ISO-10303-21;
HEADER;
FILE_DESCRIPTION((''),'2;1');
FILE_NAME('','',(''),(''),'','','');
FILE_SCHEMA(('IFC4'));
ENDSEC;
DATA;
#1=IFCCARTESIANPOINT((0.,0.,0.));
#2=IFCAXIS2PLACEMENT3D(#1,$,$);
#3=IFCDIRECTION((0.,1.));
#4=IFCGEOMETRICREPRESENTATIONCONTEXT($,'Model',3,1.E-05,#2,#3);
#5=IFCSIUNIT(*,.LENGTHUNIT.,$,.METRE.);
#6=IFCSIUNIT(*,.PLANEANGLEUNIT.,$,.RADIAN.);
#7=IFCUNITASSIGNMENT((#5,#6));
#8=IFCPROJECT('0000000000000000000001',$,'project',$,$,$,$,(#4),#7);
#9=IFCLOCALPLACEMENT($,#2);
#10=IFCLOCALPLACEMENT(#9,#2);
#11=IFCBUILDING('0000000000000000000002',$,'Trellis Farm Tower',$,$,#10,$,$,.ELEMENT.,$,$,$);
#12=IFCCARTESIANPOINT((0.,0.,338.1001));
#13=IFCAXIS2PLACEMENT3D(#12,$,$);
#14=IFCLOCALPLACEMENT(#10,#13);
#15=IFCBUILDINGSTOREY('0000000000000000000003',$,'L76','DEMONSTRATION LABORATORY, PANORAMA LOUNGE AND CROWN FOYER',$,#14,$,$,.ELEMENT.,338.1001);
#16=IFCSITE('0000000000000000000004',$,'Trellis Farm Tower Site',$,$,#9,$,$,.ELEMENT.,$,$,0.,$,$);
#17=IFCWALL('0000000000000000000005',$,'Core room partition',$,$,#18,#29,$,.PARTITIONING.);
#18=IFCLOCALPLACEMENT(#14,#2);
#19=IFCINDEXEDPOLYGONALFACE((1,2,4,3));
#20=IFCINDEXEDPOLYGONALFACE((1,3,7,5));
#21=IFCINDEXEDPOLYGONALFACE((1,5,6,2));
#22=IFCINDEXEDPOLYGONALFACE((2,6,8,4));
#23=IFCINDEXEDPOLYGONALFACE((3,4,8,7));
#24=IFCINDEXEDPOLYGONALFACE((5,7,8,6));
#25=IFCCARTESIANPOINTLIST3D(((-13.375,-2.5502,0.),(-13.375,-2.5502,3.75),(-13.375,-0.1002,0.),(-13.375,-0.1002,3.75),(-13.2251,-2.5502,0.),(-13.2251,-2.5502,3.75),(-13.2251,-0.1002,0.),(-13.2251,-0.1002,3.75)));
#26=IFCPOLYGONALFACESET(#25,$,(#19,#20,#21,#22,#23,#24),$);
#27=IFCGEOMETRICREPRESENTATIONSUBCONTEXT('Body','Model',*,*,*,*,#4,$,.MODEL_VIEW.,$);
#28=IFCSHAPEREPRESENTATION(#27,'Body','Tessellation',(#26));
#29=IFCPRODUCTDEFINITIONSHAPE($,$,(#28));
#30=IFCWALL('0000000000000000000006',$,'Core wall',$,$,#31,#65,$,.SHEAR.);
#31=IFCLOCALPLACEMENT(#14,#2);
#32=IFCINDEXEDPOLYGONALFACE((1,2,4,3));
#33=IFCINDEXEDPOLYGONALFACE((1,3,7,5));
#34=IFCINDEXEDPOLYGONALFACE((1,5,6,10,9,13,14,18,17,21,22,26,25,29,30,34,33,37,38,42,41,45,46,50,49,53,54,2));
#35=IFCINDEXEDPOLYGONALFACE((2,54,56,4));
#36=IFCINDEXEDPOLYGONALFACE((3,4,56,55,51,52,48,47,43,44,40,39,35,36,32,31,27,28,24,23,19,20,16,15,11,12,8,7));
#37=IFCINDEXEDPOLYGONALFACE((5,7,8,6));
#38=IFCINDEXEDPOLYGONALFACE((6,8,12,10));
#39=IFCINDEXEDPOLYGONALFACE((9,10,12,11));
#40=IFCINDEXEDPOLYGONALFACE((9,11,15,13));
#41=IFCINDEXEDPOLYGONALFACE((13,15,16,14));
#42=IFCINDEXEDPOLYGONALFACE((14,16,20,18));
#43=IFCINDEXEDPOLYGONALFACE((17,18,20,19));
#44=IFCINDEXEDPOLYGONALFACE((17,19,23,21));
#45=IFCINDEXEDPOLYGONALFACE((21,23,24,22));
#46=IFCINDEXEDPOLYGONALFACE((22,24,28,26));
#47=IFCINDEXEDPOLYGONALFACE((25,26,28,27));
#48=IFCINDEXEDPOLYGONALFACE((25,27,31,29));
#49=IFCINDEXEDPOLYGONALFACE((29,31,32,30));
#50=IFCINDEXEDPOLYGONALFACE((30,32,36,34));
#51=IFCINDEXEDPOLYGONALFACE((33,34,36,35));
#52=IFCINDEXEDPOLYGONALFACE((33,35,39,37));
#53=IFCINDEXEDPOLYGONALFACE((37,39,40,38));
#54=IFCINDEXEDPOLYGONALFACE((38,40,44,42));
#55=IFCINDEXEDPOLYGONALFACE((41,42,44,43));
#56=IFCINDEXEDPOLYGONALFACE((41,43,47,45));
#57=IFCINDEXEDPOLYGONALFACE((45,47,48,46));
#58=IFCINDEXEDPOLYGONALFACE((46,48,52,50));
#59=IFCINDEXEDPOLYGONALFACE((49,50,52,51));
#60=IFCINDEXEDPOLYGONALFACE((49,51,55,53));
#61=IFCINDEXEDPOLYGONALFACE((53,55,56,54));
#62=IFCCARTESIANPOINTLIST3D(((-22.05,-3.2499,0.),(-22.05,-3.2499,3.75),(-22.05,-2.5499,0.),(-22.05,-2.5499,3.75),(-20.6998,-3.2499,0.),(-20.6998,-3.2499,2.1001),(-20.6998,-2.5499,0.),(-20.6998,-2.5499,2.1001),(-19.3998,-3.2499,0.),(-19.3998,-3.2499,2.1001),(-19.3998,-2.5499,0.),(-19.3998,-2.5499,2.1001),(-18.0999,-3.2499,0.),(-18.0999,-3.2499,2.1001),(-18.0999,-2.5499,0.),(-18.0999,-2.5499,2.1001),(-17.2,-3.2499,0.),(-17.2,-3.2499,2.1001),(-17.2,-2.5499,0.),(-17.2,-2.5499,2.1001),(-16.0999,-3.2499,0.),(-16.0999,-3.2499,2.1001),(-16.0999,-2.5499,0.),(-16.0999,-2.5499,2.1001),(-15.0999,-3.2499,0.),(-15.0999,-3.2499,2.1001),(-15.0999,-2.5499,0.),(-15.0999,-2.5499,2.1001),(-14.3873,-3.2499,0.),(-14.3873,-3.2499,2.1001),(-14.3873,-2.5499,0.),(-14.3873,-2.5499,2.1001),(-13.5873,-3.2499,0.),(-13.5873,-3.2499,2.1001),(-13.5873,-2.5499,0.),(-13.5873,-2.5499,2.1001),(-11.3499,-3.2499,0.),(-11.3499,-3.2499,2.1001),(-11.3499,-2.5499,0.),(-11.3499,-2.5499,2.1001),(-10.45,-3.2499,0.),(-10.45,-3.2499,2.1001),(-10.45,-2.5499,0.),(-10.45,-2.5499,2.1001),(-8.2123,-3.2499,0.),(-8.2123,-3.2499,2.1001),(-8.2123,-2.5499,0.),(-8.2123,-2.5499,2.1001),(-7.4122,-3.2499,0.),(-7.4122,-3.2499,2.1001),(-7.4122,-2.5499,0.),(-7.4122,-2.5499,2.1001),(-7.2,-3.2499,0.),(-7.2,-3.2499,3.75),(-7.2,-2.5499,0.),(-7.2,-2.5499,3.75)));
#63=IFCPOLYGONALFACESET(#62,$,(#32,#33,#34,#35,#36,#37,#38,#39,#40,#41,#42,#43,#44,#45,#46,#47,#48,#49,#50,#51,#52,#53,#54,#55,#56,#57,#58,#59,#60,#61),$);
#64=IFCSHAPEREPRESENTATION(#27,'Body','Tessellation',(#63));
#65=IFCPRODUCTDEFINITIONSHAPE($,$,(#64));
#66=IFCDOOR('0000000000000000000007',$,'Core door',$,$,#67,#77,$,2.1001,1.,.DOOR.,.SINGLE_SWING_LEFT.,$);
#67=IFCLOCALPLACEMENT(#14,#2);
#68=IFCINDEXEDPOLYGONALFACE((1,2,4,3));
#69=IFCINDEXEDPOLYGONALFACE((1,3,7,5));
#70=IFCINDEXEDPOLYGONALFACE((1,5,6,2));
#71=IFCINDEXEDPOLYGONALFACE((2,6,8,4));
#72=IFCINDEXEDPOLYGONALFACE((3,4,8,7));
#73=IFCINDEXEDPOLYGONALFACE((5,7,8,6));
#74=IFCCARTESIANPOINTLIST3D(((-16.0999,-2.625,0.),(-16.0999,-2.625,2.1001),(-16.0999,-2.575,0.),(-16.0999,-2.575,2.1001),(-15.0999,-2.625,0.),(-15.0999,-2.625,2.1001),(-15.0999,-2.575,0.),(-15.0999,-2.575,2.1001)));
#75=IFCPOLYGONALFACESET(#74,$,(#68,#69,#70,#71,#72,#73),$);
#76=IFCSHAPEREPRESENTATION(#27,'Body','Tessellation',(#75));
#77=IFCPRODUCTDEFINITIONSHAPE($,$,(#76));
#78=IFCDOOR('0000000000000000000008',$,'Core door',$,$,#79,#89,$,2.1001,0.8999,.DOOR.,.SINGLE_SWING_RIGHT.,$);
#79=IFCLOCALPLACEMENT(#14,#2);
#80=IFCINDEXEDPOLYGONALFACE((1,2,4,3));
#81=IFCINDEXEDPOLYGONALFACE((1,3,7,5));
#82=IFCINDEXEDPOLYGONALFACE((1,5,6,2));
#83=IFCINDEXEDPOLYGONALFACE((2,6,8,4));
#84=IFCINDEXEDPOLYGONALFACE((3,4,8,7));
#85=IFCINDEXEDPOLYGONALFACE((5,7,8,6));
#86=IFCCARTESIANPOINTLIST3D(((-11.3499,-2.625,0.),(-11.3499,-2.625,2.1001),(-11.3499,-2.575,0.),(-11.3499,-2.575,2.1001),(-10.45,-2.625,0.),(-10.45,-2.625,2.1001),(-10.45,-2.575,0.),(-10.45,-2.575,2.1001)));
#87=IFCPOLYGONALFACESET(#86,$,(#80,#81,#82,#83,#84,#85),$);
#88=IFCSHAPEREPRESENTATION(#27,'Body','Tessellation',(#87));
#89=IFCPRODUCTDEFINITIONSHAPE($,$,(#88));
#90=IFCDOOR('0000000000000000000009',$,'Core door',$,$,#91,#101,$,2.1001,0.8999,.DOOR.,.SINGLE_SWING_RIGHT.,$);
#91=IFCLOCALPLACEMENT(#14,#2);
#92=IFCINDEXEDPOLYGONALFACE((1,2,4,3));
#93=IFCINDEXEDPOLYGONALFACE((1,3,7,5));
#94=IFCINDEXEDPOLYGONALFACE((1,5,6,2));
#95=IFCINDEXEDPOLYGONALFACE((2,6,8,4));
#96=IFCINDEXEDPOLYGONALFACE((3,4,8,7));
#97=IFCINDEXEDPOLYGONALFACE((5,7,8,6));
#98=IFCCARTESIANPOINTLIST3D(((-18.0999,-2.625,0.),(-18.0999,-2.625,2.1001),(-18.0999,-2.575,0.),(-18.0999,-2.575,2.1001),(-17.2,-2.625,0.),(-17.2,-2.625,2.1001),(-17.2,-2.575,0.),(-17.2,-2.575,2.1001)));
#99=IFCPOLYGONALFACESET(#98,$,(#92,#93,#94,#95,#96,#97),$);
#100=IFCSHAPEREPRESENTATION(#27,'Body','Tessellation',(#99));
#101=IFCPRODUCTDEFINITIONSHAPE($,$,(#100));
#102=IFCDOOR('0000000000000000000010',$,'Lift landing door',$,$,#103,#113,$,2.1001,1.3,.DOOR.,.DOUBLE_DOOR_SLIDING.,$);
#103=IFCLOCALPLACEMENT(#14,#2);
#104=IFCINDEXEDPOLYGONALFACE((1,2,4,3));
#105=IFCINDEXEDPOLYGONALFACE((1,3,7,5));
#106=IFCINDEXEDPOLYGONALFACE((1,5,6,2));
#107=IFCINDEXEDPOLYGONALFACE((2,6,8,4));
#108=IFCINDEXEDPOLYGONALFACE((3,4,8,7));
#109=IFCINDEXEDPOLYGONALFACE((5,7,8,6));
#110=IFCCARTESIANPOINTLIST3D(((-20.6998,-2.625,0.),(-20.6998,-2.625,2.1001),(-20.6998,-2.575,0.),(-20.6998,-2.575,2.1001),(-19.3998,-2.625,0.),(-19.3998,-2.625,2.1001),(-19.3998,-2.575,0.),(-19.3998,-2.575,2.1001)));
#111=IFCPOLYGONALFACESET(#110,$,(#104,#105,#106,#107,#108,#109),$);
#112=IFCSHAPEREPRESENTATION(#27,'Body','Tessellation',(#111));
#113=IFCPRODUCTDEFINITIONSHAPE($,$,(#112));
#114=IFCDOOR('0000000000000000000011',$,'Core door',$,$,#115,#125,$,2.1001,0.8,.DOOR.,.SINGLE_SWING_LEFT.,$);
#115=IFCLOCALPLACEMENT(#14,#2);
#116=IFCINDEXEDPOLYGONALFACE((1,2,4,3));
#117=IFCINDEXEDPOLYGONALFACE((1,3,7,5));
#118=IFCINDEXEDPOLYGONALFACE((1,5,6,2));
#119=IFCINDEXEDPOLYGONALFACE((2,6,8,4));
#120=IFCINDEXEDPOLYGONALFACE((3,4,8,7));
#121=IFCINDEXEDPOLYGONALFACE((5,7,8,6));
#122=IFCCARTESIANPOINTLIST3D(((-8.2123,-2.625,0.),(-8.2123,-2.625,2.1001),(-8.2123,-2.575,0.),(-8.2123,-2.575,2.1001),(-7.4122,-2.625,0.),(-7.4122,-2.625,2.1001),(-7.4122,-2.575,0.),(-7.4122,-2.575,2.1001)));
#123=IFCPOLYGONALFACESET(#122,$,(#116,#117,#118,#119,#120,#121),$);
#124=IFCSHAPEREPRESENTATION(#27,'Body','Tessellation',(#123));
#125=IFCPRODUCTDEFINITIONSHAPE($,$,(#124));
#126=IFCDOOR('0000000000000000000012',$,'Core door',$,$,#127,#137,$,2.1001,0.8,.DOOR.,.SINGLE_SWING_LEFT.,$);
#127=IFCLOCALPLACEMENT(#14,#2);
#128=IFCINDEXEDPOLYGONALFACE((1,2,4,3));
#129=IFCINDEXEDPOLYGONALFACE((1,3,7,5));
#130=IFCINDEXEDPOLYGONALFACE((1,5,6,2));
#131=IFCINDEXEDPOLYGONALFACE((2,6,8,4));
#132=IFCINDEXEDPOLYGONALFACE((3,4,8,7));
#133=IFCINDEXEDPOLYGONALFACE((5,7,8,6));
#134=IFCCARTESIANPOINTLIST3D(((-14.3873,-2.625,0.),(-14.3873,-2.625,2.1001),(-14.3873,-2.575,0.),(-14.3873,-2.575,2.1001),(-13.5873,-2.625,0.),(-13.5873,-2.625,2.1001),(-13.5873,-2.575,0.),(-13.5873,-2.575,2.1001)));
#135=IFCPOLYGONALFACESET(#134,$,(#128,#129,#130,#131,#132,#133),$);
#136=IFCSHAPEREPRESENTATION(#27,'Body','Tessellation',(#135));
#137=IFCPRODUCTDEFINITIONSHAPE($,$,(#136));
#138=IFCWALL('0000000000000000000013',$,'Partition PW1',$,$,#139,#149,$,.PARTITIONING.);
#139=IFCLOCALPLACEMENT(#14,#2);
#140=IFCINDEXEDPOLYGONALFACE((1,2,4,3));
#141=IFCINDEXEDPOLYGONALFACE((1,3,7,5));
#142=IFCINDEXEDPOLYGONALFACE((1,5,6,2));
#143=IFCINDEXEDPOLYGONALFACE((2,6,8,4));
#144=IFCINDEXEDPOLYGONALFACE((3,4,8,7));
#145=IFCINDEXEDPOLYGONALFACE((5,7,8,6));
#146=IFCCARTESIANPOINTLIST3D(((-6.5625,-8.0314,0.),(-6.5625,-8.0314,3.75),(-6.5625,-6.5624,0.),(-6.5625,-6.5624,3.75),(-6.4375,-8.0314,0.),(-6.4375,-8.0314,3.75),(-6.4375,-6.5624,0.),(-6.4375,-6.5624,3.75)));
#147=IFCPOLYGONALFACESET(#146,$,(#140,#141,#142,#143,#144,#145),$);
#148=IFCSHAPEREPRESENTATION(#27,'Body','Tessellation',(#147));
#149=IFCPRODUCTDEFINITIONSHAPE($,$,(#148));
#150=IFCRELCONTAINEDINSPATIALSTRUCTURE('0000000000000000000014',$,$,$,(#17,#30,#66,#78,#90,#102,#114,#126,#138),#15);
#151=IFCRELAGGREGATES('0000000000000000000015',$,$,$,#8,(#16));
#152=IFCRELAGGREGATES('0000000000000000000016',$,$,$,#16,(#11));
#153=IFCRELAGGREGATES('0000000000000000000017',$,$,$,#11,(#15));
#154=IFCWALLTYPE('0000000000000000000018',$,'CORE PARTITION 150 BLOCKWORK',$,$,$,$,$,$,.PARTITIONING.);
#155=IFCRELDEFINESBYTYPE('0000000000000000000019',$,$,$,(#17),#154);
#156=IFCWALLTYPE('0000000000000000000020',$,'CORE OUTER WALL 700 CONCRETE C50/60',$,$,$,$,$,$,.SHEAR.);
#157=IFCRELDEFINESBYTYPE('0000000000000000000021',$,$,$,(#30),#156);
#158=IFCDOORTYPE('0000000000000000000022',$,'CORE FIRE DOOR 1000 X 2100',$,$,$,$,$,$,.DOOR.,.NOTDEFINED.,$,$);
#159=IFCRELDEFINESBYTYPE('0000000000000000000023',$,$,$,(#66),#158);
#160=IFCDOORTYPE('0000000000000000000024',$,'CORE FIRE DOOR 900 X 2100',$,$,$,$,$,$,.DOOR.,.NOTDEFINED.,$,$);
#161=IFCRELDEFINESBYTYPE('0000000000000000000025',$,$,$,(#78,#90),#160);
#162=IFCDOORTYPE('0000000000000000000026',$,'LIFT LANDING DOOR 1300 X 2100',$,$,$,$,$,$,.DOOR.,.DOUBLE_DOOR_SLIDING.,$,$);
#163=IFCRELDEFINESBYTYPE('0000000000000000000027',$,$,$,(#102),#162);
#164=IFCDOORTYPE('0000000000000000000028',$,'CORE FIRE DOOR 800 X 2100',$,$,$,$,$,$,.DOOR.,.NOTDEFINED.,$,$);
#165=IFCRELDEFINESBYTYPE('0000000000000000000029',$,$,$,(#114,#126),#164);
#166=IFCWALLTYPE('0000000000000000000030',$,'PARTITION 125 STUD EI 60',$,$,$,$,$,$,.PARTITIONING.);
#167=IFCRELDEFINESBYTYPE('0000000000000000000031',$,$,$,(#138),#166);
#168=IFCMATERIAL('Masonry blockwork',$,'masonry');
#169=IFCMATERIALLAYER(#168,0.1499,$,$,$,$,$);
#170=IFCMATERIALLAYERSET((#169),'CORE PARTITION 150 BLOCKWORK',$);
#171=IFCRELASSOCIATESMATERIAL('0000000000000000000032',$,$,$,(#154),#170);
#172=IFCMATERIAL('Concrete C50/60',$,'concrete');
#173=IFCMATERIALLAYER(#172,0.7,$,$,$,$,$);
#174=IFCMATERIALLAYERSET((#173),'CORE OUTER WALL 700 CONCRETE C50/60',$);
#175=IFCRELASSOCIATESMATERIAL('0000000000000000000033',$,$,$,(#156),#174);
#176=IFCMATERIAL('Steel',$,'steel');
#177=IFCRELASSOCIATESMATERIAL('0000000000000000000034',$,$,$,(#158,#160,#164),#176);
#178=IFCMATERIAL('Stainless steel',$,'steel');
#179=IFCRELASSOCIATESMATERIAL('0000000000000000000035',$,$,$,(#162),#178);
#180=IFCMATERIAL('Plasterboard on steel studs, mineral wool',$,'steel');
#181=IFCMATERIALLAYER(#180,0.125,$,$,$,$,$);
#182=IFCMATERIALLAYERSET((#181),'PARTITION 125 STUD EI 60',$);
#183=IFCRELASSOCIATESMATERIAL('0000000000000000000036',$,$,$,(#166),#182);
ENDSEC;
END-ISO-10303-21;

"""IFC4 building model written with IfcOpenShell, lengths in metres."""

from ifc_helpers import new_model, si_unit, direction, frame, frame_2d, origin, place, context, subcontext, project, spatial, rectangle, extrude, source, transform, mapped, material, layer, layer_set, type_object, element, fill, save


model = new_model("IFC4")

# Units and contexts
model_context = context("Model", 3, precision=1e-05, world=origin(), true_north=direction((0.0, 1.0)))
body_context = subcontext(model_context, "Body", "Model", "MODEL_VIEW")
ifc_project = project(units=[si_unit("LENGTHUNIT", "METRE"), si_unit("PLANEANGLEUNIT", "RADIAN")], contexts=[model_context])

# Site, building, storey
site_placement = place(None, origin())
site = spatial("IfcSite", under=ifc_project, at=site_placement, Name="Trellis Farm Tower Site", CompositionType="ELEMENT", RefElevation=0.0)
building_placement = place(site_placement, origin())
building = spatial("IfcBuilding", under=site, at=building_placement, Name="Trellis Farm Tower", CompositionType="ELEMENT")
storey_placement = place(building_placement, frame((0.0, 0.0, 338.1001)))
storey = spatial("IfcBuildingStorey", under=building, at=storey_placement, Name="L76", Description="DEMONSTRATION LABORATORY, PANORAMA LOUNGE AND CROWN FOYER", CompositionType="ELEMENT", Elevation=338.1001)

# Shared definitions
ifc_material_1 = material(Name="Concrete C50/60", Category="concrete")

# Wall
ifc_material_2 = material(Name="Masonry blockwork", Category="masonry")
ifc_layer_1 = layer(ifc_material_2, 0.1499)
ifc_layer_set_1 = layer_set([ifc_layer_1], Name="CORE PARTITION 150 BLOCKWORK")
wall_type_1 = type_object("IfcWallType", Name="CORE PARTITION 150 BLOCKWORK", PredefinedType="PARTITIONING", material=ifc_layer_set_1)
shared_shape_1 = source(origin(), body_context, "Body", "SweptSolid", [
    extrude(rectangle(XDim=2.45, YDim=0.1499, at=frame_2d((1.2251, 0.0))), origin(), (0.0, 0.0, 1.0), 3.75),
])
for number, where, z_axis, x_axis, name in (
    (1, (-13.3, -0.1001, 0.0), (0.0, 0.0, 1.0), (0.0, -1.0, 0.0), "Core room partition"),
):
    element("IfcWall", number, at=place(storey_placement, frame(where, z_axis=z_axis, x_axis=x_axis)), inside=storey, type_object=wall_type_1, Name=name, PredefinedType="PARTITIONING", context=body_context, shape_type="MappedRepresentation", body=[
        mapped(shared_shape_1, transform((0.0, 0.0, 0.0))),
    ])

# Wall, openings, doors
ifc_layer_2 = layer(ifc_material_1, 0.7)
ifc_layer_set_2 = layer_set([ifc_layer_2], Name="CORE OUTER WALL 700 CONCRETE C50/60")
wall_type_2 = type_object("IfcWallType", Name="CORE OUTER WALL 700 CONCRETE C50/60", PredefinedType="SHEAR", material=ifc_layer_set_2)
shared_shape_2 = source(origin(), body_context, "Body", "SweptSolid", [
    extrude(rectangle(XDim=14.8501, YDim=0.7, at=frame_2d((7.425, 0.0))), origin(), (0.0, 0.0, 1.0), 3.75),
])
wall_1_placement = place(storey_placement, frame((-7.2, -2.8999, 0.0), z_axis=(0.0, 0.0, 1.0), x_axis=(-1.0, 0.0, 0.0)))
wall_1 = element("IfcWall", 2, at=wall_1_placement, inside=storey, type_object=wall_type_2, Name="Core wall", PredefinedType="SHEAR", context=body_context, shape_type="MappedRepresentation", body=[
    mapped(shared_shape_2, transform((0.0, 0.0, 0.0))),
])
shared_shape_3 = source(origin(), body_context, "Body", "SweptSolid", [
    extrude(rectangle(XDim=1.3, YDim=2.1001, at=frame_2d((0.6499, 1.05))), frame((0.0, 0.3601, 0.0), z_axis=(0.0, -1.0, 0.0), x_axis=(1.0, 0.0, 0.0)), (0.0, 0.0, 1.0), 0.7202),
])
opening_1_placement = place(wall_1_placement, frame((12.2, 0.0, 0.0)))
opening_1 = element("IfcOpeningElement", 3, at=opening_1_placement, cuts=wall_1, PredefinedType="OPENING", context=body_context, shape_type="MappedRepresentation", body=[
    mapped(shared_shape_3, transform((0.0, 0.0, 0.0))),
])
shared_shape_4 = source(origin(), body_context, "Body", "SweptSolid", [
    extrude(rectangle(XDim=1.0, YDim=2.1001, at=frame_2d((0.5, 1.05))), frame((0.0, 0.3601, 0.0), z_axis=(0.0, -1.0, 0.0), x_axis=(1.0, 0.0, 0.0)), (0.0, 0.0, 1.0), 0.7202),
])
opening_2_placement = place(wall_1_placement, frame((7.8999, 0.0, 0.0)))
opening_2 = element("IfcOpeningElement", 4, at=opening_2_placement, cuts=wall_1, PredefinedType="OPENING", context=body_context, shape_type="MappedRepresentation", body=[
    mapped(shared_shape_4, transform((0.0, 0.0, 0.0))),
])
shared_shape_5 = source(origin(), body_context, "Body", "SweptSolid", [
    extrude(rectangle(XDim=0.8, YDim=2.1001, at=frame_2d((0.3999, 1.05))), frame((0.0, 0.3601, 0.0), z_axis=(0.0, -1.0, 0.0), x_axis=(1.0, 0.0, 0.0)), (0.0, 0.0, 1.0), 0.7202),
])
opening_3_placement = place(wall_1_placement, frame((0.2124, 0.0, 0.0)))
opening_3 = element("IfcOpeningElement", 5, at=opening_3_placement, cuts=wall_1, PredefinedType="OPENING", context=body_context, shape_type="MappedRepresentation", body=[
    mapped(shared_shape_5, transform((0.0, 0.0, 0.0))),
])
shared_shape_6 = source(origin(), body_context, "Body", "SweptSolid", [
    extrude(rectangle(XDim=0.8999, YDim=2.1001, at=frame_2d((0.45, 1.05))), frame((0.0, 0.3601, 0.0), z_axis=(0.0, -1.0, 0.0), x_axis=(1.0, 0.0, 0.0)), (0.0, 0.0, 1.0), 0.7202),
])
opening_4_placement = place(wall_1_placement, frame((3.25, 0.0, 0.0)))
opening_4 = element("IfcOpeningElement", 6, at=opening_4_placement, cuts=wall_1, PredefinedType="OPENING", context=body_context, shape_type="MappedRepresentation", body=[
    mapped(shared_shape_6, transform((0.0, 0.0, 0.0))),
])
opening_5_placement = place(wall_1_placement, frame((6.3875, 0.0, 0.0)))
opening_5 = element("IfcOpeningElement", 7, at=opening_5_placement, cuts=wall_1, PredefinedType="OPENING", context=body_context, shape_type="MappedRepresentation", body=[
    mapped(shared_shape_5, transform((0.0, 0.0, 0.0))),
])
opening_6_placement = place(wall_1_placement, frame((10.0, 0.0, 0.0)))
opening_6 = element("IfcOpeningElement", 8, at=opening_6_placement, cuts=wall_1, PredefinedType="OPENING", context=body_context, shape_type="MappedRepresentation", body=[
    mapped(shared_shape_6, transform((0.0, 0.0, 0.0))),
])
ifc_material_3 = material(Name="Steel", Category="steel")
door_type_1 = type_object("IfcDoorType", Name="CORE FIRE DOOR 1000 X 2100", OperationType="NOTDEFINED", PredefinedType="DOOR", material=ifc_material_3)
shared_shape_7 = source(origin(), body_context, "Body", "SweptSolid", [
    extrude(rectangle(XDim=1.0, YDim=2.1001, at=frame_2d((0.5, 1.05))), frame((0.0, -0.2749, 0.0), z_axis=(0.0, -1.0, 0.0), x_axis=(1.0, 0.0, 0.0)), (0.0, 0.0, 1.0), 0.05),
])
door_1_placement = place(opening_2_placement, origin())
door_1 = element("IfcDoor", 9, at=door_1_placement, inside=storey, type_object=door_type_1, Name="Core door", OperationType="SINGLE_SWING_LEFT", OverallHeight=2.1001, OverallWidth=1.0, PredefinedType="DOOR", context=body_context, shape_type="MappedRepresentation", body=[
    mapped(shared_shape_7, transform((0.0, 0.0, 0.0))),
])
fill(opening_2, door_1)
door_type_2 = type_object("IfcDoorType", Name="CORE FIRE DOOR 900 X 2100", OperationType="NOTDEFINED", PredefinedType="DOOR", material=ifc_material_3)
shared_shape_8 = source(origin(), body_context, "Body", "SweptSolid", [
    extrude(rectangle(XDim=0.8999, YDim=2.1001, at=frame_2d((0.45, 1.05))), frame((0.0, -0.2749, 0.0), z_axis=(0.0, -1.0, 0.0), x_axis=(1.0, 0.0, 0.0)), (0.0, 0.0, 1.0), 0.05),
])
door_2_placement = place(opening_4_placement, origin())
door_2 = element("IfcDoor", 10, at=door_2_placement, inside=storey, type_object=door_type_2, Name="Core door", OperationType="SINGLE_SWING_RIGHT", OverallHeight=2.1001, OverallWidth=0.8999, PredefinedType="DOOR", context=body_context, shape_type="MappedRepresentation", body=[
    mapped(shared_shape_8, transform((0.0, 0.0, 0.0))),
])
fill(opening_4, door_2)
door_3_placement = place(opening_6_placement, origin())
door_3 = element("IfcDoor", 11, at=door_3_placement, inside=storey, type_object=door_type_2, Name="Core door", OperationType="SINGLE_SWING_RIGHT", OverallHeight=2.1001, OverallWidth=0.8999, PredefinedType="DOOR", context=body_context, shape_type="MappedRepresentation", body=[
    mapped(shared_shape_8, transform((0.0, 0.0, 0.0))),
])
fill(opening_6, door_3)
ifc_material_4 = material(Name="Stainless steel", Category="steel")
door_type_3 = type_object("IfcDoorType", Name="LIFT LANDING DOOR 1300 X 2100", OperationType="DOUBLE_DOOR_SLIDING", PredefinedType="DOOR", material=ifc_material_4)
shared_shape_9 = source(origin(), body_context, "Body", "SweptSolid", [
    extrude(rectangle(XDim=1.3, YDim=2.1001, at=frame_2d((0.6499, 1.05))), frame((0.0, -0.2749, 0.0), z_axis=(0.0, -1.0, 0.0), x_axis=(1.0, 0.0, 0.0)), (0.0, 0.0, 1.0), 0.05),
])
door_4_placement = place(opening_1_placement, origin())
door_4 = element("IfcDoor", 12, at=door_4_placement, inside=storey, type_object=door_type_3, Name="Lift landing door", OperationType="DOUBLE_DOOR_SLIDING", OverallHeight=2.1001, OverallWidth=1.3, PredefinedType="DOOR", context=body_context, shape_type="MappedRepresentation", body=[
    mapped(shared_shape_9, transform((0.0, 0.0, 0.0))),
])
fill(opening_1, door_4)
door_type_4 = type_object("IfcDoorType", Name="CORE FIRE DOOR 800 X 2100", OperationType="NOTDEFINED", PredefinedType="DOOR", material=ifc_material_3)
shared_shape_10 = source(origin(), body_context, "Body", "SweptSolid", [
    extrude(rectangle(XDim=0.8, YDim=2.1001, at=frame_2d((0.3999, 1.05))), frame((0.0, -0.2749, 0.0), z_axis=(0.0, -1.0, 0.0), x_axis=(1.0, 0.0, 0.0)), (0.0, 0.0, 1.0), 0.05),
])
door_5_placement = place(opening_3_placement, origin())
door_5 = element("IfcDoor", 13, at=door_5_placement, inside=storey, type_object=door_type_4, Name="Core door", OperationType="SINGLE_SWING_LEFT", OverallHeight=2.1001, OverallWidth=0.8, PredefinedType="DOOR", context=body_context, shape_type="MappedRepresentation", body=[
    mapped(shared_shape_10, transform((0.0, 0.0, 0.0))),
])
fill(opening_3, door_5)
door_6_placement = place(opening_5_placement, origin())
door_6 = element("IfcDoor", 14, at=door_6_placement, inside=storey, type_object=door_type_4, Name="Core door", OperationType="SINGLE_SWING_LEFT", OverallHeight=2.1001, OverallWidth=0.8, PredefinedType="DOOR", context=body_context, shape_type="MappedRepresentation", body=[
    mapped(shared_shape_10, transform((0.0, 0.0, 0.0))),
])
fill(opening_5, door_6)

# Wall
ifc_material_5 = material(Name="Plasterboard on steel studs, mineral wool", Category="steel")
ifc_layer_3 = layer(ifc_material_5, 0.125)
ifc_layer_set_3 = layer_set([ifc_layer_3], Name="PARTITION 125 STUD EI 60")
wall_type_3 = type_object("IfcWallType", Name="PARTITION 125 STUD EI 60", PredefinedType="PARTITIONING", material=ifc_layer_set_3)
shared_shape_11 = source(origin(), body_context, "Body", "SweptSolid", [
    extrude(rectangle(XDim=1.469, YDim=0.125, at=frame_2d((0.7344, 0.0))), origin(), (0.0, 0.0, 1.0), 3.75),
])
wall_2_placement = place(storey_placement, frame((-6.5, -6.5625, 0.0), z_axis=(0.0, 0.0, 1.0), x_axis=(0.0, -1.0, 0.0)))
element("IfcWall", 15, at=wall_2_placement, inside=storey, type_object=wall_type_3, Name="Partition PW1", PredefinedType="PARTITIONING", context=body_context, shape_type="MappedRepresentation", body=[
    mapped(shared_shape_11, transform((0.0, 0.0, 0.0))),
])

save(model, "model.ifc")
